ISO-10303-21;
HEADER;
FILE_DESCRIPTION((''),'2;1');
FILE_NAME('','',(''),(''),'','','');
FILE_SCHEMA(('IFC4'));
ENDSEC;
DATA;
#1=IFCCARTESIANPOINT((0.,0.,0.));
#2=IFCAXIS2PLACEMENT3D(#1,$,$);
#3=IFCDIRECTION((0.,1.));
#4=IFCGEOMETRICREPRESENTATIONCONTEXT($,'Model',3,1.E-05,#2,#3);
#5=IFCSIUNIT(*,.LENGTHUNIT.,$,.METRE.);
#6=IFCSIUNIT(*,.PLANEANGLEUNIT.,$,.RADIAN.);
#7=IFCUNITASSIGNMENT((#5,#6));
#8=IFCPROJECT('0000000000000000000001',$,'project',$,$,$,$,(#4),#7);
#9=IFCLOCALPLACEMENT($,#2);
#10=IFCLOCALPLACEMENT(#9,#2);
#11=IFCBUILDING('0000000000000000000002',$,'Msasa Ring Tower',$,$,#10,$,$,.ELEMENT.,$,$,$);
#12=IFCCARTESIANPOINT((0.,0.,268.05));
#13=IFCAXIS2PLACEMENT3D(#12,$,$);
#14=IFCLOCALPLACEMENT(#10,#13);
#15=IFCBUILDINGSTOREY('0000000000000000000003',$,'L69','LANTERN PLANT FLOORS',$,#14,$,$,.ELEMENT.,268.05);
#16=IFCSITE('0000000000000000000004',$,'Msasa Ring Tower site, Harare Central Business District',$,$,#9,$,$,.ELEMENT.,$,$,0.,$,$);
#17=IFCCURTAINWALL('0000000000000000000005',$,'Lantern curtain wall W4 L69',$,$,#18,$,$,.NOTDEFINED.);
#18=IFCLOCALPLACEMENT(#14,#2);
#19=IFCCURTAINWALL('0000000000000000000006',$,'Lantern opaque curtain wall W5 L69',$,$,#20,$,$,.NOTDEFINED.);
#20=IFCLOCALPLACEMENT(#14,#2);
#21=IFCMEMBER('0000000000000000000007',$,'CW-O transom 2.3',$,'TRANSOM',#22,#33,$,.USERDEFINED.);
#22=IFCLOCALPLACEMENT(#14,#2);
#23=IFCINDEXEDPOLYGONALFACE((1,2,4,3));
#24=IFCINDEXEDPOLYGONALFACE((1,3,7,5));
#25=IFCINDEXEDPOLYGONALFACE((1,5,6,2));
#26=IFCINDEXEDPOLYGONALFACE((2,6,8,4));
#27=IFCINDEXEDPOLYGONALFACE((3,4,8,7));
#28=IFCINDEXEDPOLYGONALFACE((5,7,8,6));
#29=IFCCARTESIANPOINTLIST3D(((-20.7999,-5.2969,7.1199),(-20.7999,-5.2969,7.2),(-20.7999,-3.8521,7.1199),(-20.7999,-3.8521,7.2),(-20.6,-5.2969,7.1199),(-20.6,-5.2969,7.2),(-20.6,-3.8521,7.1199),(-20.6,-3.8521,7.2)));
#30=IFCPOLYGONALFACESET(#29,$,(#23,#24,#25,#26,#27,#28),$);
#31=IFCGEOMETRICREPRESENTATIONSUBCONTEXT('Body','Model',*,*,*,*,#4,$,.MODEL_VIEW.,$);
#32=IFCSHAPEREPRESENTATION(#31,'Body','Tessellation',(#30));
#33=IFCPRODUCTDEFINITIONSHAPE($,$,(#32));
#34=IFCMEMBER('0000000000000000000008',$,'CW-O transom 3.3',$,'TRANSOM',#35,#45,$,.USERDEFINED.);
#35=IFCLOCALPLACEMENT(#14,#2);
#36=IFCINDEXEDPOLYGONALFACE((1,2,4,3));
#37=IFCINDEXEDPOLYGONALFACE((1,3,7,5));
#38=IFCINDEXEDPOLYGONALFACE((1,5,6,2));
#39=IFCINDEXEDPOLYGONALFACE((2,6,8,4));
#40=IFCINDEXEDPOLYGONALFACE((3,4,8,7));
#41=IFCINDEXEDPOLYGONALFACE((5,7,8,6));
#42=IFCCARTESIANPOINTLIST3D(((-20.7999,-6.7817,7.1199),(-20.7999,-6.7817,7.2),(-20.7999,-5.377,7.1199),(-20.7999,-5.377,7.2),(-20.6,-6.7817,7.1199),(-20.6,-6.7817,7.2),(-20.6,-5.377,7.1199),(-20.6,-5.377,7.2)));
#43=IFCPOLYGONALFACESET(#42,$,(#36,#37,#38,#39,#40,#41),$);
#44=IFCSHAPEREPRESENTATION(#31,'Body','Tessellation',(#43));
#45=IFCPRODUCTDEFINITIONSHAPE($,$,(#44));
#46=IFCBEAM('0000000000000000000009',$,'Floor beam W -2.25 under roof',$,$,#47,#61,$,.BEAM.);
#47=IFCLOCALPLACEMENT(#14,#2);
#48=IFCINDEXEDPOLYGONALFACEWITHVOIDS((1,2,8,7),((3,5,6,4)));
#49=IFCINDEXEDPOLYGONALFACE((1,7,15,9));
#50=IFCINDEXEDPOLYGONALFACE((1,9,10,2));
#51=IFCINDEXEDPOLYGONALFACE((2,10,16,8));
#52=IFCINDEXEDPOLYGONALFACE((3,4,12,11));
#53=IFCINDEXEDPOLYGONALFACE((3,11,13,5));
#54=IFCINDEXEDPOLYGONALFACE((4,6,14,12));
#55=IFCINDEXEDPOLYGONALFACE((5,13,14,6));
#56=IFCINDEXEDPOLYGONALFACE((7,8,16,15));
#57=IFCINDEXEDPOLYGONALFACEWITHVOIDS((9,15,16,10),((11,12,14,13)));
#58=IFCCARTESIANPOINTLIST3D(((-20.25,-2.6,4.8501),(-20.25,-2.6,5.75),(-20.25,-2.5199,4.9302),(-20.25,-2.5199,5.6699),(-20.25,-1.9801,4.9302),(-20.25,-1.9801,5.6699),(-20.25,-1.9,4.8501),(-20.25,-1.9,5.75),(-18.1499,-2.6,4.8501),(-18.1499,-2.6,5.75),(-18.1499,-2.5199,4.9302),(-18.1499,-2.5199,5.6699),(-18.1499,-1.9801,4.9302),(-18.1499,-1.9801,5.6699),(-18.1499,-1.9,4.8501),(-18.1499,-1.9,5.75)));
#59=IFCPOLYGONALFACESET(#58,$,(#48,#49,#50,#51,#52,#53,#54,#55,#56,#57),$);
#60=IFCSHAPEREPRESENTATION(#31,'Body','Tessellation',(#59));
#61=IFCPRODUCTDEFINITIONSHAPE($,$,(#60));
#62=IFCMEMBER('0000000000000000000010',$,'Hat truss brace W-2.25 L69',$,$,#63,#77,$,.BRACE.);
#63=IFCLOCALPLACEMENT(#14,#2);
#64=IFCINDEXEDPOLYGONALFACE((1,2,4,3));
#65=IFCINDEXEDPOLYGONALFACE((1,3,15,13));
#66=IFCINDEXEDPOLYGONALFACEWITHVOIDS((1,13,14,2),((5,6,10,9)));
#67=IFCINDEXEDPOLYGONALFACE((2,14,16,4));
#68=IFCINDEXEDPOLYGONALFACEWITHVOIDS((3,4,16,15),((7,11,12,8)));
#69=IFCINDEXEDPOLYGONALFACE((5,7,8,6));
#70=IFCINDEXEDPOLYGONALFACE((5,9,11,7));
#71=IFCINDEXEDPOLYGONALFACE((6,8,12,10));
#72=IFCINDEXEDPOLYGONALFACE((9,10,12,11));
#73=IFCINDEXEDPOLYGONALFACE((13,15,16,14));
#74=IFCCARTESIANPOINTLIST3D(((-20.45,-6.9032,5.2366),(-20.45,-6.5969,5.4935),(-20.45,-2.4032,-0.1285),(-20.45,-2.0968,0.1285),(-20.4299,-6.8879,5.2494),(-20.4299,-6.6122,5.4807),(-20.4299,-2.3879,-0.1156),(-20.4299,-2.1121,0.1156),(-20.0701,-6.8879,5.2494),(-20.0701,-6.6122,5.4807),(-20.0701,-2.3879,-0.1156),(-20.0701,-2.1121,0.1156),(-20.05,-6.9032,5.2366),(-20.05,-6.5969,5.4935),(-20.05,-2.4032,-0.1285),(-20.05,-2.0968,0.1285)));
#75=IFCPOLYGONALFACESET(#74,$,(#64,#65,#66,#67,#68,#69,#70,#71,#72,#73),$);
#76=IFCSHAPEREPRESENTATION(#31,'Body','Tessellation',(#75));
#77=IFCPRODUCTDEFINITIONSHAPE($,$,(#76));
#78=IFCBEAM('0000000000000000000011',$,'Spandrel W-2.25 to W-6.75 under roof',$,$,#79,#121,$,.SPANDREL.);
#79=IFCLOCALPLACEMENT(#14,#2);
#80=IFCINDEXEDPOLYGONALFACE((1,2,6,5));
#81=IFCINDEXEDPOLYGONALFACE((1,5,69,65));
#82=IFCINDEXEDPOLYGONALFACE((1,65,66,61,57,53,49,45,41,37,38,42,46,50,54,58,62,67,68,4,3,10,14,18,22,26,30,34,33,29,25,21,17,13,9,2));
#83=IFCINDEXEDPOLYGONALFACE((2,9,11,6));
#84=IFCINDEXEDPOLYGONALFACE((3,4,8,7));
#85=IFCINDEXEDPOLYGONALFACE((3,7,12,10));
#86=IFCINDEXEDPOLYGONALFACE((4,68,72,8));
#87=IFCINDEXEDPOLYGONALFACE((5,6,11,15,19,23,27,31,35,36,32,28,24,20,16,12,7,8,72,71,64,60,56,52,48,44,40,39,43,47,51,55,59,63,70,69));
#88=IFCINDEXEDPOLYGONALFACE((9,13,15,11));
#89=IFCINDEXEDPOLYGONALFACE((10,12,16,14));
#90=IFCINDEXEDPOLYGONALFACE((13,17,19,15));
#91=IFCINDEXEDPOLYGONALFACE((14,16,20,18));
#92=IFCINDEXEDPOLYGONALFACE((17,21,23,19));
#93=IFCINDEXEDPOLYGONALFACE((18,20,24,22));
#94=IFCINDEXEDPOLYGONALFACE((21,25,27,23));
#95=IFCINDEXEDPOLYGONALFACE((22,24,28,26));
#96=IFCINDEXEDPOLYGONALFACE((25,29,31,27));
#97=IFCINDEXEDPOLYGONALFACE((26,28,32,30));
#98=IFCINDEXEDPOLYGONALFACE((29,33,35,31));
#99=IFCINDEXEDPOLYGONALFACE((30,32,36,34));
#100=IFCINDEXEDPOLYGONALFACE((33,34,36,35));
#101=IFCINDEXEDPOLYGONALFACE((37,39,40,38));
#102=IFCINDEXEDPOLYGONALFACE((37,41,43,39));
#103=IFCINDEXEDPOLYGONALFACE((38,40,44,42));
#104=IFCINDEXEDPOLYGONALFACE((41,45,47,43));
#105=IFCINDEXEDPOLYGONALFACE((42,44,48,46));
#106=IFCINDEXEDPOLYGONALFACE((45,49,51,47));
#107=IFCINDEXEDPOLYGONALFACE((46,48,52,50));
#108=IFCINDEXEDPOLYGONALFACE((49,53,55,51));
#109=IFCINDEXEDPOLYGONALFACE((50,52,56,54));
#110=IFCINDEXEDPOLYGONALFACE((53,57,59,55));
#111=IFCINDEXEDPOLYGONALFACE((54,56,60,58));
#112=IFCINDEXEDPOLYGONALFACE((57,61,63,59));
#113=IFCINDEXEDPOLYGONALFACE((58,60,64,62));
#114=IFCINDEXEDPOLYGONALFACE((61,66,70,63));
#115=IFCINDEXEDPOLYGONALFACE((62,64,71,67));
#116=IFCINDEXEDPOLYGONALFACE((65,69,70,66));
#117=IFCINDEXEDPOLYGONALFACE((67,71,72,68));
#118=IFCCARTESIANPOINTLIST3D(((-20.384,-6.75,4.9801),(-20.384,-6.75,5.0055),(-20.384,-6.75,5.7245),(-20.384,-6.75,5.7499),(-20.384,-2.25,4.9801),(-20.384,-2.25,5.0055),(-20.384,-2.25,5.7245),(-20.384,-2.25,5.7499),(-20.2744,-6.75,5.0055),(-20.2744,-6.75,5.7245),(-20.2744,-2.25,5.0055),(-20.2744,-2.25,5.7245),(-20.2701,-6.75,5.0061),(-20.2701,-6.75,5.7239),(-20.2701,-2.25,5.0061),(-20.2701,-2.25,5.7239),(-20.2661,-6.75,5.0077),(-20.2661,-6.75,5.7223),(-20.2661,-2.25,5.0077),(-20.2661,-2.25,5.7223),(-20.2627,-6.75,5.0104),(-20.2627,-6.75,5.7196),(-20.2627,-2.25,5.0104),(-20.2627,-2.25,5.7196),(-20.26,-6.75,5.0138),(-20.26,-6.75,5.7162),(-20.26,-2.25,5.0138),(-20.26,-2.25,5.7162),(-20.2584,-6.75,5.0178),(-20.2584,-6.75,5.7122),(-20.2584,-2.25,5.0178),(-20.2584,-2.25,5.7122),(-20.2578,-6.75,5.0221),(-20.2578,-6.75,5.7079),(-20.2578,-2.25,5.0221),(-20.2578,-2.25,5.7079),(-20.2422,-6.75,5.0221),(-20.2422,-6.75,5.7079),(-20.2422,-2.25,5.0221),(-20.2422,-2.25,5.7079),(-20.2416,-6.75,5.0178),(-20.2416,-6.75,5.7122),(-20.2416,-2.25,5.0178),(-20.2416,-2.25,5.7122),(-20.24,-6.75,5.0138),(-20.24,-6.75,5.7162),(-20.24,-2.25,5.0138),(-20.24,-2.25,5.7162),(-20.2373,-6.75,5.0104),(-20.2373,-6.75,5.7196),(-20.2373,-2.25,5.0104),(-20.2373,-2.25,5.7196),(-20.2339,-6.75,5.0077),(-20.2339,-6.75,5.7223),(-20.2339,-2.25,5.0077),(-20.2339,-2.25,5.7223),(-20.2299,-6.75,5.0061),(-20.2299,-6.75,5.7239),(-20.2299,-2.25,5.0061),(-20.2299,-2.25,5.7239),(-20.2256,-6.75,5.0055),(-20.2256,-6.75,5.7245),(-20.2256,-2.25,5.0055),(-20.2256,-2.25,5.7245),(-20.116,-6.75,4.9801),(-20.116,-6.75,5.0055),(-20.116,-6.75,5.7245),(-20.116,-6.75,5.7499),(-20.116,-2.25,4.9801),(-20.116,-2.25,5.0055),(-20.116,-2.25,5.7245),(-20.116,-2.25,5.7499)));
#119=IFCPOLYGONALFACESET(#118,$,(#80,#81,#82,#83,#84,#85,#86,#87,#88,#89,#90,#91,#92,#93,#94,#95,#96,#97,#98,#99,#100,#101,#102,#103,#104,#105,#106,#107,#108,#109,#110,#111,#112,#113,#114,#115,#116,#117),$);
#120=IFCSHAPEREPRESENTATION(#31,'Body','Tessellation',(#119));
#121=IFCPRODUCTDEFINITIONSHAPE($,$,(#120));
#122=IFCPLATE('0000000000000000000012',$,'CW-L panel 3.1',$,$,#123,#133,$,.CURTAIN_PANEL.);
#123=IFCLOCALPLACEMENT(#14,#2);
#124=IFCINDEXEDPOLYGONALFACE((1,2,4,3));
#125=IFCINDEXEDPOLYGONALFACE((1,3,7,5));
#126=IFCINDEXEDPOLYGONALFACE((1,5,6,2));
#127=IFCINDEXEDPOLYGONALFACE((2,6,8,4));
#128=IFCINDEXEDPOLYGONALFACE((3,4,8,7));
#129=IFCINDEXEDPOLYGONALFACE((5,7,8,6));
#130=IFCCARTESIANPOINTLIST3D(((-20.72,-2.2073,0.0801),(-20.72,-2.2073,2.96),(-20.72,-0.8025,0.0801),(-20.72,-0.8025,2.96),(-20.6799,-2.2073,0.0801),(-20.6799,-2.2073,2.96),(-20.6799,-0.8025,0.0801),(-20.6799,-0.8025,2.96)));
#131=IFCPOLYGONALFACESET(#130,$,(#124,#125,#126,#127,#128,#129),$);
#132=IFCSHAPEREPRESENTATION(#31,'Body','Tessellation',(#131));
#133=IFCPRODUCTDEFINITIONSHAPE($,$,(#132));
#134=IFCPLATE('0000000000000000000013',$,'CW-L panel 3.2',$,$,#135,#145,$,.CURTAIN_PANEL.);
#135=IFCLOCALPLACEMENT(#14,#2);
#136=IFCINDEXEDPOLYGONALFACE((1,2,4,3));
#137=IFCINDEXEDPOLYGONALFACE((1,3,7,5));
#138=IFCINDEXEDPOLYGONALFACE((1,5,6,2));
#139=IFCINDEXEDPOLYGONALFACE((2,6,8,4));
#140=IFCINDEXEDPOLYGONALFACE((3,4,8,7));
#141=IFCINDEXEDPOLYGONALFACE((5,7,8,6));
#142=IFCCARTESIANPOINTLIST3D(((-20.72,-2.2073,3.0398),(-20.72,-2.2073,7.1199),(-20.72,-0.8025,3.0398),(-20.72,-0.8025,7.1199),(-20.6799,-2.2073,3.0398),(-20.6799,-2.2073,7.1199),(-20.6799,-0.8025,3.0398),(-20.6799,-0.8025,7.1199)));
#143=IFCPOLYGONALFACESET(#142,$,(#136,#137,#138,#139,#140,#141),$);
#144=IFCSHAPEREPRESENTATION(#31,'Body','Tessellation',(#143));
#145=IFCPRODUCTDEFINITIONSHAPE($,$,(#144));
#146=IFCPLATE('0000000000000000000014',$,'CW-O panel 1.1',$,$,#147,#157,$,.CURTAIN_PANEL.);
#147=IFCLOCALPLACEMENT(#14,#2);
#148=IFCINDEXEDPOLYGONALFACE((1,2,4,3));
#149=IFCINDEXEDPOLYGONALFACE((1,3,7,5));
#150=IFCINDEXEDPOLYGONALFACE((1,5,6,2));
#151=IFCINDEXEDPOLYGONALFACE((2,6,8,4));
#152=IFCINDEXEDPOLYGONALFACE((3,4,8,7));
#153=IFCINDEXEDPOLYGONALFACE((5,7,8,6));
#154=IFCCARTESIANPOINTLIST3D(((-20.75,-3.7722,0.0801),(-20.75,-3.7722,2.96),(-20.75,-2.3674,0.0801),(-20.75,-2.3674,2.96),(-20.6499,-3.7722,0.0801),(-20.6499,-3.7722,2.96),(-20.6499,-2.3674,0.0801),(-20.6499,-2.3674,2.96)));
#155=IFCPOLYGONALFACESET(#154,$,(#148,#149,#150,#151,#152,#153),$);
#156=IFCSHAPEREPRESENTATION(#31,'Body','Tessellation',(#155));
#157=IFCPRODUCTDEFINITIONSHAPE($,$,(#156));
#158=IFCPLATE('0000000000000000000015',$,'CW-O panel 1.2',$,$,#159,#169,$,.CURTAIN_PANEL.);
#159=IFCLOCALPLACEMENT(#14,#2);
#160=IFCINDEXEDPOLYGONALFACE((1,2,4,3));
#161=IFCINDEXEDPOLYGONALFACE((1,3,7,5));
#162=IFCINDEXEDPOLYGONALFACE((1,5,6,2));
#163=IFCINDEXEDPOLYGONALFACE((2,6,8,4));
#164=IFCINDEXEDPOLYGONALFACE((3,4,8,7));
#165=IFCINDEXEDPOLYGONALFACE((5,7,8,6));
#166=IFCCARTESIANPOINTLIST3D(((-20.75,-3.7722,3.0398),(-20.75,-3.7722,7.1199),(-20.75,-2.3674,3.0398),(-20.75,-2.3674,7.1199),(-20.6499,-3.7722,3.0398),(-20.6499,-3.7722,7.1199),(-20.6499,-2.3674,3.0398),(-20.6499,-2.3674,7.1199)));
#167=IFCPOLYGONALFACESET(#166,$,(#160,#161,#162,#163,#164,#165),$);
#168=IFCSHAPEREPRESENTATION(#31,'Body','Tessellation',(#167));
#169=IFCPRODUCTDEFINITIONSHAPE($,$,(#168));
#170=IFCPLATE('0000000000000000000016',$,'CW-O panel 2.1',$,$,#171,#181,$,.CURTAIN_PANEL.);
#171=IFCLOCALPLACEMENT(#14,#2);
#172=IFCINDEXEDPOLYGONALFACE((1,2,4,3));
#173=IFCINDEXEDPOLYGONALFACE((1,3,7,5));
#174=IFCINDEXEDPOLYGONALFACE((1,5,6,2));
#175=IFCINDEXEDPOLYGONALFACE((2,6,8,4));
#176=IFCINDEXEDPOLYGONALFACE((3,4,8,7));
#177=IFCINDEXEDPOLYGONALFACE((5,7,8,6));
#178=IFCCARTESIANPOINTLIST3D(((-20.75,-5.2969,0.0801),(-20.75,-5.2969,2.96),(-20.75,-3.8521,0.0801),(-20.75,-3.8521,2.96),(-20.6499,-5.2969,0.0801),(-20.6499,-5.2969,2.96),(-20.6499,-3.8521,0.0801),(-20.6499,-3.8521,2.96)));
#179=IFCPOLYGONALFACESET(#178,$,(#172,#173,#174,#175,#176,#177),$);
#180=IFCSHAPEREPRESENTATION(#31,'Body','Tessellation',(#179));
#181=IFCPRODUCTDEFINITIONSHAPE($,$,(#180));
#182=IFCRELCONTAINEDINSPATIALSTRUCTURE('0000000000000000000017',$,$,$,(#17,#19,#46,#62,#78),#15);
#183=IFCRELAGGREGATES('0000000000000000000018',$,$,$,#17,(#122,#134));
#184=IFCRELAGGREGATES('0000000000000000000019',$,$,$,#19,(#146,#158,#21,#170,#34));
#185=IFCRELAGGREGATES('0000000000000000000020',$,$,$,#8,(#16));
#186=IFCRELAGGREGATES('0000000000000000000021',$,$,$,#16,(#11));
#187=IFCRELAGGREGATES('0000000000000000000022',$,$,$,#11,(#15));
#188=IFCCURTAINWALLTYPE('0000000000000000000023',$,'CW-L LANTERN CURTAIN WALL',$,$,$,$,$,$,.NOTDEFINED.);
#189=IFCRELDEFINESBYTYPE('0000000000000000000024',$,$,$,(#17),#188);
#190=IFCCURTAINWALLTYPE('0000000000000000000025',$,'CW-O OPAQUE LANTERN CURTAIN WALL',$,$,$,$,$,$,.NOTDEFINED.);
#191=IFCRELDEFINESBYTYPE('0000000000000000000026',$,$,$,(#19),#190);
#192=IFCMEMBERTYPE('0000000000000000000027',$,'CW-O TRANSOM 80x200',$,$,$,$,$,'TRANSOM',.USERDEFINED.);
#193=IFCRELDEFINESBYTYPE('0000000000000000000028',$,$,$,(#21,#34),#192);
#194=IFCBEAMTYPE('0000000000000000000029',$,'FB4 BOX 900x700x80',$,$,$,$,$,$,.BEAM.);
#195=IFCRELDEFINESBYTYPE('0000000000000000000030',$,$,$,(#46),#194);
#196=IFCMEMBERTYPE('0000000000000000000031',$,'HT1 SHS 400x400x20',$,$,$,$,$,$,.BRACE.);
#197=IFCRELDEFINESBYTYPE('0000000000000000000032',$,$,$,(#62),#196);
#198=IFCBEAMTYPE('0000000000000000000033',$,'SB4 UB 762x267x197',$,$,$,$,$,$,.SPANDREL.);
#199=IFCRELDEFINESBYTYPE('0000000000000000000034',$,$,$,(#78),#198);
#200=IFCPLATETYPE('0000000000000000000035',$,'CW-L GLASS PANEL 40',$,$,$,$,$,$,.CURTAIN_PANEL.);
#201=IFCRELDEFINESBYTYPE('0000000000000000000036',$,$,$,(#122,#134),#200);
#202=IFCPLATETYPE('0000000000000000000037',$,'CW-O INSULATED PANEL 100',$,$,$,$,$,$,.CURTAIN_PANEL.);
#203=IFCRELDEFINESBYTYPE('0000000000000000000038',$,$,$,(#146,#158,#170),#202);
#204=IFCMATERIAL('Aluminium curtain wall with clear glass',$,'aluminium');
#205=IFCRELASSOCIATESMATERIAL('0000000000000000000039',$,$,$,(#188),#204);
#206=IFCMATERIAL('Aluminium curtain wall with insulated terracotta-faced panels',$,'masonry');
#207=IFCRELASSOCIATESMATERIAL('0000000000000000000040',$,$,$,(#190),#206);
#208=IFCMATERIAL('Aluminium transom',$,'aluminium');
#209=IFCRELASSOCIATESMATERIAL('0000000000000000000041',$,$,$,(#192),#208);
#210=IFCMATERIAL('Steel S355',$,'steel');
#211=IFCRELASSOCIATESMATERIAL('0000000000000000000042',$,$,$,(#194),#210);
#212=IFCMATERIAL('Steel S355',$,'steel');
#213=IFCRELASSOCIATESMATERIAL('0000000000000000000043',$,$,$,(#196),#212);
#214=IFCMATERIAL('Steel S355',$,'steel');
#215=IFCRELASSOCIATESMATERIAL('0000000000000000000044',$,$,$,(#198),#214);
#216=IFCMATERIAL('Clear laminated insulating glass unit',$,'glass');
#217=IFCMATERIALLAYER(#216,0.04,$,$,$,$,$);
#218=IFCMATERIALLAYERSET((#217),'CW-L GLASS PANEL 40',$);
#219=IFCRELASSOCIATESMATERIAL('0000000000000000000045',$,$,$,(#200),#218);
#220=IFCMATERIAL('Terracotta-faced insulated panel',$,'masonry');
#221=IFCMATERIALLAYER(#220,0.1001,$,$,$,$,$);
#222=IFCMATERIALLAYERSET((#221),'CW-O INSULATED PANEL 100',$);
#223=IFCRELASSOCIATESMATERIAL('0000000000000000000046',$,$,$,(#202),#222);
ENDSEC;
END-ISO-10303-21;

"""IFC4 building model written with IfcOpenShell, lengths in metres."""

from ifc_helpers import new_model, si_unit, direction, frame, origin, origin_2d, place, context, subcontext, project, spatial, rectangle, hollow_rectangle, i_section, extrude, material, layer, layer_set, material_profile, profile_set, type_object, element, aggregate, save


model = new_model("IFC4")

# Units and contexts
model_context = context("Model", 3, precision=1e-05, world=origin(), true_north=direction((0.0, 1.0)))
body_context = subcontext(model_context, "Body", "Model", "MODEL_VIEW")
ifc_project = project(units=[si_unit("LENGTHUNIT", "METRE"), si_unit("PLANEANGLEUNIT", "RADIAN")], contexts=[model_context])

# Site, building, storey
site_placement = place(None, origin())
site = spatial("IfcSite", under=ifc_project, at=site_placement, Name="Msasa Ring Tower site, Harare Central Business District", CompositionType="ELEMENT", RefElevation=0.0)
building_placement = place(site_placement, origin())
building = spatial("IfcBuilding", under=site, at=building_placement, Name="Msasa Ring Tower", CompositionType="ELEMENT")
storey_placement = place(building_placement, frame((0.0, 0.0, 268.05)))
storey = spatial("IfcBuildingStorey", under=building, at=storey_placement, Name="L69", Description="LANTERN PLANT FLOORS", CompositionType="ELEMENT", Elevation=268.05)

# Curtain walls, members
ifc_material_1 = material(Name="Aluminium curtain wall with clear glass", Category="aluminium")
curtain_wall_type_1 = type_object("IfcCurtainWallType", Name="CW-L LANTERN CURTAIN WALL", PredefinedType="NOTDEFINED", material=ifc_material_1)
curtain_wall_1_placement = place(storey_placement, origin())
curtain_wall_1 = element("IfcCurtainWall", 1, at=curtain_wall_1_placement, inside=storey, type_object=curtain_wall_type_1, Name="Lantern curtain wall W4 L69", PredefinedType="NOTDEFINED")
ifc_material_2 = material(Name="Aluminium curtain wall with insulated terracotta-faced panels", Category="masonry")
curtain_wall_type_2 = type_object("IfcCurtainWallType", Name="CW-O OPAQUE LANTERN CURTAIN WALL", PredefinedType="NOTDEFINED", material=ifc_material_2)
curtain_wall_2_placement = place(storey_placement, origin())
curtain_wall_2 = element("IfcCurtainWall", 2, at=curtain_wall_2_placement, inside=storey, type_object=curtain_wall_type_2, Name="Lantern opaque curtain wall W5 L69", PredefinedType="NOTDEFINED")
ifc_material_3 = material(Name="Aluminium transom", Category="aluminium")
ifc_material_profile_1 = material_profile(ifc_material_3, rectangle(XDim=0.2, YDim=0.0801, at=origin_2d()), Name="AL 80x200")
ifc_profile_set_1 = profile_set([ifc_material_profile_1], Name="Aluminium transom")
member_type_1 = type_object("IfcMemberType", Name="CW-O TRANSOM 80x200", ElementType="TRANSOM", PredefinedType="USERDEFINED", material=ifc_profile_set_1)
member_1_placement = place(storey_placement, frame((-20.7, -3.8521, 7.1599), z_axis=(0.0, -1.0, 0.0), x_axis=(1.0, 0.0, 0.0)))
member_1 = element("IfcMember", 3, at=member_1_placement, type_object=member_type_1, Name="CW-O transom 2.3", ObjectType="TRANSOM", PredefinedType="USERDEFINED", context=body_context, shape_type="SweptSolid", body=[
    extrude(rectangle(XDim=0.2, YDim=0.0801, at=origin_2d()), origin(), (0.0, 0.0, 1.0), 1.4448),
])
member_2_placement = place(storey_placement, frame((-20.7, -5.377, 7.1599), z_axis=(0.0, -1.0, 0.0), x_axis=(1.0, 0.0, 0.0)))
member_2 = element("IfcMember", 4, at=member_2_placement, type_object=member_type_1, Name="CW-O transom 3.3", ObjectType="TRANSOM", PredefinedType="USERDEFINED", context=body_context, shape_type="SweptSolid", body=[
    extrude(rectangle(XDim=0.2, YDim=0.0801, at=origin_2d()), origin(), (0.0, 0.0, 1.0), 1.4048),
])

# Beam
ifc_material_4 = material(Name="Steel S355", Category="steel")
ifc_material_profile_2 = material_profile(ifc_material_4, hollow_rectangle(XDim=0.7, YDim=0.8999, WallThickness=0.0801, at=origin_2d()), Name="BOX 900x700x80")
ifc_profile_set_2 = profile_set([ifc_material_profile_2], Name="Steel S355")
beam_type_1 = type_object("IfcBeamType", Name="FB4 BOX 900x700x80", PredefinedType="BEAM", material=ifc_profile_set_2)
beam_1_placement = place(storey_placement, frame((-20.25, -2.25, 5.3), z_axis=(1.0, 0.0, 0.0), x_axis=(0.0, 1.0, 0.0)))
element("IfcBeam", 5, at=beam_1_placement, inside=storey, type_object=beam_type_1, Name="Floor beam W -2.25 under roof", PredefinedType="BEAM", context=body_context, shape_type="SweptSolid", body=[
    extrude(hollow_rectangle(XDim=0.7, YDim=0.8999, WallThickness=0.0801, at=origin_2d()), origin(), (0.0, 0.0, 1.0), 2.1001),
])

# Member
ifc_material_5 = material(Name="Steel S355", Category="steel")
ifc_material_profile_3 = material_profile(ifc_material_5, hollow_rectangle(XDim=0.3999, YDim=0.3999, WallThickness=0.02, at=origin_2d()), Name="SHS 400x400x20")
ifc_profile_set_3 = profile_set([ifc_material_profile_3], Name="Steel S355")
member_type_2 = type_object("IfcMemberType", Name="HT1 SHS 400x400x20", PredefinedType="BRACE", material=ifc_profile_set_3)
member_3_placement = place(storey_placement, frame((-20.25, -2.25, 0.0), z_axis=(0.0, -0.64264, 0.766168), x_axis=(1.0, 0.0, 0.0)))
element("IfcMember", 6, at=member_3_placement, inside=storey, type_object=member_type_2, Name="Hat truss brace W-2.25 L69", PredefinedType="BRACE", context=body_context, shape_type="SweptSolid", body=[
    extrude(hollow_rectangle(XDim=0.3999, YDim=0.3999, WallThickness=0.02, at=origin_2d()), origin(), (0.0, 0.0, 1.0), 7.0024),
])

# Beam
ifc_material_6 = material(Name="Steel S355", Category="steel")
ifc_material_profile_4 = material_profile(ifc_material_6, i_section(OverallWidth=0.2681, OverallDepth=0.7698, WebThickness=0.0156, FlangeThickness=0.0254, FilletRadius=0.0166, at=origin_2d()), Name="UB 762x267x197")
ifc_profile_set_4 = profile_set([ifc_material_profile_4], Name="Steel S355")
beam_type_2 = type_object("IfcBeamType", Name="SB4 UB 762x267x197", PredefinedType="SPANDREL", material=ifc_profile_set_4)
beam_2_placement = place(storey_placement, frame((-20.25, -2.25, 5.365), z_axis=(0.0, -1.0, 0.0), x_axis=(1.0, 0.0, 0.0)))
element("IfcBeam", 7, at=beam_2_placement, inside=storey, type_object=beam_type_2, Name="Spandrel W-2.25 to W-6.75 under roof", PredefinedType="SPANDREL", context=body_context, shape_type="SweptSolid", body=[
    extrude(i_section(OverallWidth=0.2681, OverallDepth=0.7698, WebThickness=0.0156, FlangeThickness=0.0254, FilletRadius=0.0166, at=origin_2d()), origin(), (0.0, 0.0, 1.0), 4.5),
])

# Plates
ifc_material_7 = material(Name="Clear laminated insulating glass unit", Category="glass")
ifc_layer_1 = layer(ifc_material_7, 0.04)
ifc_layer_set_1 = layer_set([ifc_layer_1], Name="CW-L GLASS PANEL 40")
plate_type_1 = type_object("IfcPlateType", Name="CW-L GLASS PANEL 40", PredefinedType="CURTAIN_PANEL", material=ifc_layer_set_1)
plate_1_placement = place(storey_placement, frame((-20.7, -1.5049, 0.0801), z_axis=(0.0, 0.0, 1.0), x_axis=(0.0, -1.0, 0.0)))
plate_1 = element("IfcPlate", 8, at=plate_1_placement, type_object=plate_type_1, Name="CW-L panel 3.1", PredefinedType="CURTAIN_PANEL", context=body_context, shape_type="SweptSolid", body=[
    extrude(rectangle(XDim=1.4048, YDim=0.04, at=origin_2d()), origin(), (0.0, 0.0, 1.0), 2.8799),
])
plate_2_placement = place(storey_placement, frame((-20.7, -1.5049, 3.0398), z_axis=(0.0, 0.0, 1.0), x_axis=(0.0, -1.0, 0.0)))
plate_2 = element("IfcPlate", 9, at=plate_2_placement, type_object=plate_type_1, Name="CW-L panel 3.2", PredefinedType="CURTAIN_PANEL", context=body_context, shape_type="SweptSolid", body=[
    extrude(rectangle(XDim=1.4048, YDim=0.04, at=origin_2d()), origin(), (0.0, 0.0, 1.0), 4.0801),
])
aggregate(curtain_wall_1, [plate_1, plate_2])
ifc_material_8 = material(Name="Terracotta-faced insulated panel", Category="masonry")
ifc_layer_2 = layer(ifc_material_8, 0.1001)
ifc_layer_set_2 = layer_set([ifc_layer_2], Name="CW-O INSULATED PANEL 100")
plate_type_2 = type_object("IfcPlateType", Name="CW-O INSULATED PANEL 100", PredefinedType="CURTAIN_PANEL", material=ifc_layer_set_2)
plate_3_placement = place(storey_placement, frame((-20.7, -3.0698, 0.0801), z_axis=(0.0, 0.0, 1.0), x_axis=(0.0, -1.0, 0.0)))
plate_3 = element("IfcPlate", 10, at=plate_3_placement, type_object=plate_type_2, Name="CW-O panel 1.1", PredefinedType="CURTAIN_PANEL", context=body_context, shape_type="SweptSolid", body=[
    extrude(rectangle(XDim=1.4048, YDim=0.1001, at=origin_2d()), origin(), (0.0, 0.0, 1.0), 2.8799),
])
plate_4_placement = place(storey_placement, frame((-20.7, -3.0698, 3.0398), z_axis=(0.0, 0.0, 1.0), x_axis=(0.0, -1.0, 0.0)))
plate_4 = element("IfcPlate", 11, at=plate_4_placement, type_object=plate_type_2, Name="CW-O panel 1.2", PredefinedType="CURTAIN_PANEL", context=body_context, shape_type="SweptSolid", body=[
    extrude(rectangle(XDim=1.4048, YDim=0.1001, at=origin_2d()), origin(), (0.0, 0.0, 1.0), 4.0801),
])
plate_5_placement = place(storey_placement, frame((-20.7, -4.5745, 0.0801), z_axis=(0.0, 0.0, 1.0), x_axis=(0.0, -1.0, 0.0)))
plate_5 = element("IfcPlate", 12, at=plate_5_placement, type_object=plate_type_2, Name="CW-O panel 2.1", PredefinedType="CURTAIN_PANEL", context=body_context, shape_type="SweptSolid", body=[
    extrude(rectangle(XDim=1.4448, YDim=0.1001, at=origin_2d()), origin(), (0.0, 0.0, 1.0), 2.8799),
])
aggregate(curtain_wall_2, [plate_3, plate_4, member_1, plate_5, member_2])

save(model, "model.ifc")
